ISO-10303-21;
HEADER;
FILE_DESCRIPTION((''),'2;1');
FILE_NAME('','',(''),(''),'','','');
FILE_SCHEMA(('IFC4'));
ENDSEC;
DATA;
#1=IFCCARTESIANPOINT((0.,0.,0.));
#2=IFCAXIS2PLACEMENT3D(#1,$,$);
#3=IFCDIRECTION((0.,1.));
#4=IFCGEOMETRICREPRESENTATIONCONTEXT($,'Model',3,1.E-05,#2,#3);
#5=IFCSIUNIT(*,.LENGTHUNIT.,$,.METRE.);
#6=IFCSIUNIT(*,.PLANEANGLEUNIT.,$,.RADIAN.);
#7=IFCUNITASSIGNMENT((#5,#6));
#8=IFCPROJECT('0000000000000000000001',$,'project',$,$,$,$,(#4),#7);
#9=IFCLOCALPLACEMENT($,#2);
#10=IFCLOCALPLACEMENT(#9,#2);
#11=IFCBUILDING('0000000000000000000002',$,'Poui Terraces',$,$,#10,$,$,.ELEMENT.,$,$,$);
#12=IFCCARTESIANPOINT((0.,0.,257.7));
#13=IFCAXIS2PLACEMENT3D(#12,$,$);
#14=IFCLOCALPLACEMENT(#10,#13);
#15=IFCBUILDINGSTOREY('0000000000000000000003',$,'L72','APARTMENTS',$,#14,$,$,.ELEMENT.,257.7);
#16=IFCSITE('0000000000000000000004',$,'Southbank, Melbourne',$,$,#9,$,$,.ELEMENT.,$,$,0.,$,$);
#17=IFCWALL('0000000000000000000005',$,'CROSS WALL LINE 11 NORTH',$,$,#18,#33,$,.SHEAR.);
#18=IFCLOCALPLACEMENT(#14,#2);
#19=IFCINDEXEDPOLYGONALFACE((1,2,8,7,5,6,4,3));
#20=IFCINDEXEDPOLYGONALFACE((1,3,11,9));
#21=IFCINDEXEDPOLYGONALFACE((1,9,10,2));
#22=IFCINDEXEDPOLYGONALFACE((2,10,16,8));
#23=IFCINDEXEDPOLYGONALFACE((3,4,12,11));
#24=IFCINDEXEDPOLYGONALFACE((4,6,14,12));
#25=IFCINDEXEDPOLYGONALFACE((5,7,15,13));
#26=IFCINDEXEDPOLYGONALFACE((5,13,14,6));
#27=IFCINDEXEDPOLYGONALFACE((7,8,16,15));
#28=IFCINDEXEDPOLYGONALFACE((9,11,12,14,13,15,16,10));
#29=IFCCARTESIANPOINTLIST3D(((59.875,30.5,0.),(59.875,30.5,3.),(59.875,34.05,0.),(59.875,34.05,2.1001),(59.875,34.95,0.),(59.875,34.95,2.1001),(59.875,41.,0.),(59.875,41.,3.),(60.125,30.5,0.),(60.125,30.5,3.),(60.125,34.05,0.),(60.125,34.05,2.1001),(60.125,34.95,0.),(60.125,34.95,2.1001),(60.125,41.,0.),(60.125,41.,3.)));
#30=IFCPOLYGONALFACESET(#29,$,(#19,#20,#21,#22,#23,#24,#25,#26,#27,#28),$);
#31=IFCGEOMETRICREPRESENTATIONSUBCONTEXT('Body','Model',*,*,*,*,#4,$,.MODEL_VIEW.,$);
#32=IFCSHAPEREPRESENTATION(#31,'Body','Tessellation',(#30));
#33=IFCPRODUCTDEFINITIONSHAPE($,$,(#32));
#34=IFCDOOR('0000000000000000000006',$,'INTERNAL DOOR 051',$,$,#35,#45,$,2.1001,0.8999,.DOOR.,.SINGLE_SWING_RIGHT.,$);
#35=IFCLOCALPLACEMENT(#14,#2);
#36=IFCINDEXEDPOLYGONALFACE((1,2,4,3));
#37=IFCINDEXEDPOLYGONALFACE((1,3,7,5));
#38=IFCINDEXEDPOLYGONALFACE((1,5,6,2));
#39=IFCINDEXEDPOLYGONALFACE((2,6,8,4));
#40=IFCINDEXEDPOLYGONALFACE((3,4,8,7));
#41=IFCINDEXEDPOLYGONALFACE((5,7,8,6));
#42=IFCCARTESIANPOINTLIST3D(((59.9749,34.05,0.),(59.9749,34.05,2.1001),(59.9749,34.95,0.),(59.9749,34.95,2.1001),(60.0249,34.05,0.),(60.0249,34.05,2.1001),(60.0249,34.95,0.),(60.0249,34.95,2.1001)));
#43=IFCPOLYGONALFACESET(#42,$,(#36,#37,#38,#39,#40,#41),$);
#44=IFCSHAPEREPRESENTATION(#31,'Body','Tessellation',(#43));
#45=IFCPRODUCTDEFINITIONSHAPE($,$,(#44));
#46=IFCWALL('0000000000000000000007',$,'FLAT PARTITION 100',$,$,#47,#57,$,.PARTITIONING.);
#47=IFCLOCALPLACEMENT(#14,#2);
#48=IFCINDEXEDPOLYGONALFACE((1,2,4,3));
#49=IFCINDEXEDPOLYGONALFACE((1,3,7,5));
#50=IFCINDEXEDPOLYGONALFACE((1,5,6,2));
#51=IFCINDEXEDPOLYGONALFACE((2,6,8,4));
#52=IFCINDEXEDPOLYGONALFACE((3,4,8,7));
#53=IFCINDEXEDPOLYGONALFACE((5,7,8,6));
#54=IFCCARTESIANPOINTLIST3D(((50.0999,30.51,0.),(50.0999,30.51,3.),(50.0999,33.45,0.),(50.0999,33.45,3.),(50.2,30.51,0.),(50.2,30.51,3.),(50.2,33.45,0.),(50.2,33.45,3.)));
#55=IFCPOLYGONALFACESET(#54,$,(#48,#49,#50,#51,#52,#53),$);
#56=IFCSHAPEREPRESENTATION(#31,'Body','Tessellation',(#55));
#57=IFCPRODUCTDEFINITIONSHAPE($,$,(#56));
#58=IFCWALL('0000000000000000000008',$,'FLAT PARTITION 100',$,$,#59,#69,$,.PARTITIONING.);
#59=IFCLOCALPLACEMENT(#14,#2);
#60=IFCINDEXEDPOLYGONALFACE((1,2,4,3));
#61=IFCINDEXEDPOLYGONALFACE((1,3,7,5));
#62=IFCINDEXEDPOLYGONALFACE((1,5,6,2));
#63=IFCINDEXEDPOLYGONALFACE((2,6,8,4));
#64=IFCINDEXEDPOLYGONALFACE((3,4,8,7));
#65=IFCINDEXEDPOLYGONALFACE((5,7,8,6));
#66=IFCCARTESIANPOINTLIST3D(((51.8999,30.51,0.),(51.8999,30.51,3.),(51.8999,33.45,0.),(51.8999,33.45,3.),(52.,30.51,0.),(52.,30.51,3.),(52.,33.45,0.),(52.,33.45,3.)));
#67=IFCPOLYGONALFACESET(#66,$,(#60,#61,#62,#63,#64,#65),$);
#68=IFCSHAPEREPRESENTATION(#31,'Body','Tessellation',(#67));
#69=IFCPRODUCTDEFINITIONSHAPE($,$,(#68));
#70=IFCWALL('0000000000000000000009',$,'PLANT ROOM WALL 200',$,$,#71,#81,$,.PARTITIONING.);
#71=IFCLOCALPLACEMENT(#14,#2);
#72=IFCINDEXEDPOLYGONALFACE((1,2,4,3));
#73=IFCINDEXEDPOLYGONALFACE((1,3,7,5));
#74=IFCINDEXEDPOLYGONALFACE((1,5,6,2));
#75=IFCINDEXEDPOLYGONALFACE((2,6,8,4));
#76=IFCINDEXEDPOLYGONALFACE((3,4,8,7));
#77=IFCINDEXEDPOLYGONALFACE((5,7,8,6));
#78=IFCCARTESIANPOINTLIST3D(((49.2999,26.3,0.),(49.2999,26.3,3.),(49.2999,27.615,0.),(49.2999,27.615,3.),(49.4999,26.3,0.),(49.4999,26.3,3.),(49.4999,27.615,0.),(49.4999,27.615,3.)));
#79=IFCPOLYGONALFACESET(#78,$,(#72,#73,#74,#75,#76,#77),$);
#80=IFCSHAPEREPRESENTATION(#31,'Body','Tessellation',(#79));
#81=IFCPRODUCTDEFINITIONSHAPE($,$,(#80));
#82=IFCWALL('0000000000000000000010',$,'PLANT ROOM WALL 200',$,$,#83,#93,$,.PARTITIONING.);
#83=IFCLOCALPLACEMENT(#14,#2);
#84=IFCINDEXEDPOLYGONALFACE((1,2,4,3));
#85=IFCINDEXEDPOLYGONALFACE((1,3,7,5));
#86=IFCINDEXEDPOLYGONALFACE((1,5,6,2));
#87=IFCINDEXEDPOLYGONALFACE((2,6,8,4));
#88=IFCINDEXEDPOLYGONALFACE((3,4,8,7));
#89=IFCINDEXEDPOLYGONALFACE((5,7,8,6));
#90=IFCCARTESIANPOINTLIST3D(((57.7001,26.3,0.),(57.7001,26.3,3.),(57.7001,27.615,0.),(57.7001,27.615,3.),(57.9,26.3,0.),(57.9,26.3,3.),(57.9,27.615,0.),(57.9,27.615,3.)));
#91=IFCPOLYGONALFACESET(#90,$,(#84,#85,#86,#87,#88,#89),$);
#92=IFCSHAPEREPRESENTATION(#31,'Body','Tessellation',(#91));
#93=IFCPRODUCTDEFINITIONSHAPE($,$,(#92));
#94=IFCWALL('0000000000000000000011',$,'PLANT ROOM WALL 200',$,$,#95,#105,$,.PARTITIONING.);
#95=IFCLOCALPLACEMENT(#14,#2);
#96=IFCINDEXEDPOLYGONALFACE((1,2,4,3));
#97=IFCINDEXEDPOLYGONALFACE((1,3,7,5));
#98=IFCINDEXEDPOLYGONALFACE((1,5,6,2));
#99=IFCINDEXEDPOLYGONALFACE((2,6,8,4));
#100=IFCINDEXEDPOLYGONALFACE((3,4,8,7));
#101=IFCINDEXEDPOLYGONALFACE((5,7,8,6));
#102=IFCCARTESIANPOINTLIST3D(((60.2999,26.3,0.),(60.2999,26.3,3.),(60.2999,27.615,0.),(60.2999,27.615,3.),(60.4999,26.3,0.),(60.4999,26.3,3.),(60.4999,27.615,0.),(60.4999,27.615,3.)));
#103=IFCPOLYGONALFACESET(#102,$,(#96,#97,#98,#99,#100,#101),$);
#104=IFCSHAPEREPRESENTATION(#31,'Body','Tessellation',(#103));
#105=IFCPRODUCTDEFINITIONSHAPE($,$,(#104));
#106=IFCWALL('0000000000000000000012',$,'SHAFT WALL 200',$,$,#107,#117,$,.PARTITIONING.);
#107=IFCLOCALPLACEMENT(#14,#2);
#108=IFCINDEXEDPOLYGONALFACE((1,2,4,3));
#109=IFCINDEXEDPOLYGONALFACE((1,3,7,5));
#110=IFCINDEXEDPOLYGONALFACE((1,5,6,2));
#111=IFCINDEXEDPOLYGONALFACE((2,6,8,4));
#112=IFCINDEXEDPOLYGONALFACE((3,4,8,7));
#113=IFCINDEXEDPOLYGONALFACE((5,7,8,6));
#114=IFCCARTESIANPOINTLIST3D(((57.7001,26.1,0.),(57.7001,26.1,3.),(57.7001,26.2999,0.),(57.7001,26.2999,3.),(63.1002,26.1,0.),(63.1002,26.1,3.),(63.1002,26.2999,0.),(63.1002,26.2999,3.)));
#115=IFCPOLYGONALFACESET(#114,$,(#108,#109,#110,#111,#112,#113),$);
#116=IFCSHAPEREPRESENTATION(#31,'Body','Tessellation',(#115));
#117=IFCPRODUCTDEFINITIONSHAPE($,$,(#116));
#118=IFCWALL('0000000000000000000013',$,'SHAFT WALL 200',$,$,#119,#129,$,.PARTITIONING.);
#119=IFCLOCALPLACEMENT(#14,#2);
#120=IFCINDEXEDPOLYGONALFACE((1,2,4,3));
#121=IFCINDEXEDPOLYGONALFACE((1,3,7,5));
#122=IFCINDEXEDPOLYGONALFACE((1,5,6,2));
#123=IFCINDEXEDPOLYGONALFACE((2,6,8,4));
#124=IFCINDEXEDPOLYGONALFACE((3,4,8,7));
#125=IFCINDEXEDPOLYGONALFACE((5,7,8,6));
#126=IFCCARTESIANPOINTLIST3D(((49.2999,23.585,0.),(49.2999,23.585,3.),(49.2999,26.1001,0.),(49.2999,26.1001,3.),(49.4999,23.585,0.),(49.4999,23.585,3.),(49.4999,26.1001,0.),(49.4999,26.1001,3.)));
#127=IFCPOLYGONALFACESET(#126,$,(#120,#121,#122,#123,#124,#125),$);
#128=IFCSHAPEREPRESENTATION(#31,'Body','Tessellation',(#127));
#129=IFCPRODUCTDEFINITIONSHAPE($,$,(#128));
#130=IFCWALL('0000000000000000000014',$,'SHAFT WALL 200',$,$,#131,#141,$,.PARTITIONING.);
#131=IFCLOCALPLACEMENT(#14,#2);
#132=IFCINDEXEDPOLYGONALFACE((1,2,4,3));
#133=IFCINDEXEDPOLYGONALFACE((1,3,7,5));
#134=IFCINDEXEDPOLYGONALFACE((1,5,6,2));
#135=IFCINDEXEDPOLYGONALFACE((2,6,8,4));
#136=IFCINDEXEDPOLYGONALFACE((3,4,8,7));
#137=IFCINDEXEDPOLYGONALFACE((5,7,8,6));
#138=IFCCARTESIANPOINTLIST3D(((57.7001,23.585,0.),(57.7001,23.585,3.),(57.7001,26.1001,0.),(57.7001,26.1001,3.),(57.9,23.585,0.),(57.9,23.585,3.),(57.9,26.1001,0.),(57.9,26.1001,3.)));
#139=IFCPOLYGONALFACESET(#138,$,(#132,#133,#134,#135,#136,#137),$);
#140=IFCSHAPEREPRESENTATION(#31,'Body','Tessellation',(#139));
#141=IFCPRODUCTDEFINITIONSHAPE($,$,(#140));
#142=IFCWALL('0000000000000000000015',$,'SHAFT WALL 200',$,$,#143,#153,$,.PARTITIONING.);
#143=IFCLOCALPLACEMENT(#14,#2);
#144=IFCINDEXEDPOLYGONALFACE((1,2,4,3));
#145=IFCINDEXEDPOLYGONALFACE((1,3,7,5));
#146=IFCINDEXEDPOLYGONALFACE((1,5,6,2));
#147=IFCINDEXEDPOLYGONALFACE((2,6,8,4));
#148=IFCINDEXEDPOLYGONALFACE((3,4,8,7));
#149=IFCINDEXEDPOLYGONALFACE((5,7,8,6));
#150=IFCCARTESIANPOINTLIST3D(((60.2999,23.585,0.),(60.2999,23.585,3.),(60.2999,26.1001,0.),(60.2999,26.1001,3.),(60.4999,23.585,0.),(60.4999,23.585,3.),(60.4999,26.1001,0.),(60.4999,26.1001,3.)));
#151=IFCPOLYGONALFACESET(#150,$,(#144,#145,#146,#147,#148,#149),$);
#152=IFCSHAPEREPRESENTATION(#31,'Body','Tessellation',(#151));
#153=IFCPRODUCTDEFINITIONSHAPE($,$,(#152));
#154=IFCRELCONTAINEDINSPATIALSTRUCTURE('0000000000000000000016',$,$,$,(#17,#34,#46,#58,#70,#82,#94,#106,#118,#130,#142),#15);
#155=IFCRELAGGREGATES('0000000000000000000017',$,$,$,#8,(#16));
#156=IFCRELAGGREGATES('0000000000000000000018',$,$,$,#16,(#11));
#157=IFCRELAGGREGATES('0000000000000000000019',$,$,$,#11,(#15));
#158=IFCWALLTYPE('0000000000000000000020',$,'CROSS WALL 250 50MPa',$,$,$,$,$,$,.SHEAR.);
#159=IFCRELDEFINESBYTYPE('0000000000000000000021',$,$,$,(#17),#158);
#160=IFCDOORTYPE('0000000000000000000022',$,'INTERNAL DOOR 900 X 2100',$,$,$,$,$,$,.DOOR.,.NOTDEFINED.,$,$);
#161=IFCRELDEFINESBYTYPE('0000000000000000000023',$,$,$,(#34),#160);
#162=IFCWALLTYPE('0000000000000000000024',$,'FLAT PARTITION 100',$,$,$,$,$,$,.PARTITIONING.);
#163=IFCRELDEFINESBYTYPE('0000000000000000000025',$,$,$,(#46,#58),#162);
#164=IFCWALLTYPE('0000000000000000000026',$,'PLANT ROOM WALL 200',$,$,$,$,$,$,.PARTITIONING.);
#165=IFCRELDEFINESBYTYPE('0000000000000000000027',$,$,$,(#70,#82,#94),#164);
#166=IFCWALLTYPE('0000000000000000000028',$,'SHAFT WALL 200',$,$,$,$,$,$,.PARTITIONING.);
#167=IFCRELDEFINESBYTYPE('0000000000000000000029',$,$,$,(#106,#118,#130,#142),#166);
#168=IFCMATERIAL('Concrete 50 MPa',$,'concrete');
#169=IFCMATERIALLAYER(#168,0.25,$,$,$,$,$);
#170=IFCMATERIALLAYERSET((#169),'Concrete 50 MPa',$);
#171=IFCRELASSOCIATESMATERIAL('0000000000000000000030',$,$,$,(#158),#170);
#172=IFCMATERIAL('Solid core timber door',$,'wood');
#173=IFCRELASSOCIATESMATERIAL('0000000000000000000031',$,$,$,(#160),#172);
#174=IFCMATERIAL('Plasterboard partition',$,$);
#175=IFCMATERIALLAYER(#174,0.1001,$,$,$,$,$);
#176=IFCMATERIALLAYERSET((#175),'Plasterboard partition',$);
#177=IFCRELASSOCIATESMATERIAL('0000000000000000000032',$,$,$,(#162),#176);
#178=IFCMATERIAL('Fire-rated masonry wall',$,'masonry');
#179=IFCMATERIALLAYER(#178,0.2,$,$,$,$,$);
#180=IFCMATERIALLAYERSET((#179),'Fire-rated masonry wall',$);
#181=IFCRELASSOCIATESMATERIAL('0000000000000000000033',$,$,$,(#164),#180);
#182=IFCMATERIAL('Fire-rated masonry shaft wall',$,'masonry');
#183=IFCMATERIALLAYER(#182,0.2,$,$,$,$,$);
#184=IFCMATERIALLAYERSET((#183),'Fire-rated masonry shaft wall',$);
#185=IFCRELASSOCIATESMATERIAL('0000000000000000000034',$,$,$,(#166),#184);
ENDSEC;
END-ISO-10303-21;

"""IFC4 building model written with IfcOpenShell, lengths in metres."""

from ifc_helpers import new_model, si_unit, direction, frame, frame_2d, origin, place, context, subcontext, project, spatial, rectangle, extrude, material, layer, layer_set, type_object, element, fill, save


model = new_model("IFC4")

# Units and contexts
model_context = context("Model", 3, precision=1e-05, world=origin(), true_north=direction((0.0, 1.0)))
body_context = subcontext(model_context, "Body", "Model", "MODEL_VIEW")
ifc_project = project(units=[si_unit("LENGTHUNIT", "METRE"), si_unit("PLANEANGLEUNIT", "RADIAN")], contexts=[model_context])

# Site, building, storey
site_placement = place(None, origin())
site = spatial("IfcSite", under=ifc_project, at=site_placement, Name="Southbank, Melbourne", CompositionType="ELEMENT", RefElevation=0.0)
building_placement = place(site_placement, origin())
building = spatial("IfcBuilding", under=site, at=building_placement, Name="Poui Terraces", CompositionType="ELEMENT")
storey_placement = place(building_placement, frame((0.0, 0.0, 257.7)))
storey = spatial("IfcBuildingStorey", under=building, at=storey_placement, Name="L72", Description="APARTMENTS", CompositionType="ELEMENT", Elevation=257.7)

# Shared definitions
ifc_material_1 = material(Name="Concrete 50 MPa", Category="concrete")

# Shared definitions
ifc_layer_1 = layer(ifc_material_1, 0.25)
ifc_layer_set_1 = layer_set([ifc_layer_1], Name="Concrete 50 MPa")
wall_type_1 = type_object("IfcWallType", Name="CROSS WALL 250 50MPa", PredefinedType="SHEAR", material=ifc_layer_set_1)
ifc_material_2 = material(Name="Solid core timber door", Category="wood")
door_type_1 = type_object("IfcDoorType", Name="INTERNAL DOOR 900 X 2100", OperationType="NOTDEFINED", PredefinedType="DOOR", material=ifc_material_2)

# Wall, opening, door
wall_1_placement = place(storey_placement, frame((60.0, 30.5, 0.0), z_axis=(0.0, 0.0, 1.0), x_axis=(0.0, 1.0, 0.0)))
wall_1 = element("IfcWall", 1, at=wall_1_placement, inside=storey, type_object=wall_type_1, Name="CROSS WALL LINE 11 NORTH", PredefinedType="SHEAR", context=body_context, shape_type="SweptSolid", body=[
    extrude(rectangle(XDim=10.5, YDim=0.25, at=frame_2d((5.25, 0.0))), origin(), (0.0, 0.0, 1.0), 3.0),
])
opening_1_placement = place(wall_1_placement, frame((3.55, 0.0, 0.0)))
opening_1 = element("IfcOpeningElement", 2, at=opening_1_placement, cuts=wall_1, PredefinedType="OPENING", context=body_context, shape_type="SweptSolid", body=[
    extrude(rectangle(XDim=0.8999, YDim=2.1001, at=frame_2d((0.45, 1.05))), frame((0.0, 0.135, 0.0), z_axis=(0.0, -1.0, 0.0), x_axis=(1.0, 0.0, 0.0)), (0.0, 0.0, 1.0), 0.27),
])
door_1_placement = place(opening_1_placement, frame((0.8999, 0.0, 0.0), z_axis=(0.0, 0.0, 1.0), x_axis=(-1.0, 0.0, 0.0)))
door_1 = element("IfcDoor", 3, at=door_1_placement, inside=storey, type_object=door_type_1, Name="INTERNAL DOOR 051", OperationType="SINGLE_SWING_RIGHT", OverallHeight=2.1001, OverallWidth=0.8999, PredefinedType="DOOR", context=body_context, shape_type="SweptSolid", body=[
    extrude(rectangle(XDim=0.8999, YDim=2.1001, at=frame_2d((0.45, 1.05))), frame((0.0, 0.0249, 0.0), z_axis=(0.0, -1.0, 0.0), x_axis=(1.0, 0.0, 0.0)), (0.0, 0.0, 1.0), 0.05),
])
fill(opening_1, door_1)

# Walls
ifc_material_3 = material(Name="Plasterboard partition")
ifc_layer_2 = layer(ifc_material_3, 0.1001)
ifc_layer_set_2 = layer_set([ifc_layer_2], Name="Plasterboard partition")
wall_type_2 = type_object("IfcWallType", Name="FLAT PARTITION 100", PredefinedType="PARTITIONING", material=ifc_layer_set_2)
for number, where, z_axis, x_axis, name in (
    (4, (50.1499, 30.51, 0.0), (0.0, 0.0, 1.0), (0.0, 1.0, 0.0), "FLAT PARTITION 100"),
    (5, (51.95, 30.51, 0.0), (0.0, 0.0, 1.0), (0.0, 1.0, 0.0), "FLAT PARTITION 100"),
):
    element("IfcWall", number, at=place(storey_placement, frame(where, z_axis=z_axis, x_axis=x_axis)), inside=storey, type_object=wall_type_2, Name=name, PredefinedType="PARTITIONING", context=body_context, shape_type="SweptSolid", body=[
        extrude(rectangle(XDim=2.9399, YDim=0.1001, at=frame_2d((1.47, 0.0))), origin(), (0.0, 0.0, 1.0), 3.0),
    ])
ifc_material_4 = material(Name="Fire-rated masonry wall", Category="masonry")
ifc_layer_3 = layer(ifc_material_4, 0.2)
ifc_layer_set_3 = layer_set([ifc_layer_3], Name="Fire-rated masonry wall")
wall_type_3 = type_object("IfcWallType", Name="PLANT ROOM WALL 200", PredefinedType="PARTITIONING", material=ifc_layer_set_3)
for number, where, z_axis, x_axis, name in (
    (6, (49.3999, 26.3, 0.0), (0.0, 0.0, 1.0), (0.0, 1.0, 0.0), "PLANT ROOM WALL 200"),
    (7, (57.8, 26.3, 0.0), (0.0, 0.0, 1.0), (0.0, 1.0, 0.0), "PLANT ROOM WALL 200"),
    (8, (60.3999, 26.3, 0.0), (0.0, 0.0, 1.0), (0.0, 1.0, 0.0), "PLANT ROOM WALL 200"),
):
    element("IfcWall", number, at=place(storey_placement, frame(where, z_axis=z_axis, x_axis=x_axis)), inside=storey, type_object=wall_type_3, Name=name, PredefinedType="PARTITIONING", context=body_context, shape_type="SweptSolid", body=[
        extrude(rectangle(XDim=1.3149, YDim=0.2, at=frame_2d((0.6575, 0.0))), origin(), (0.0, 0.0, 1.0), 3.0),
    ])
ifc_material_5 = material(Name="Fire-rated masonry shaft wall", Category="masonry")
ifc_layer_4 = layer(ifc_material_5, 0.2)
ifc_layer_set_4 = layer_set([ifc_layer_4], Name="Fire-rated masonry shaft wall")
wall_type_4 = type_object("IfcWallType", Name="SHAFT WALL 200", PredefinedType="PARTITIONING", material=ifc_layer_set_4)
wall_2_placement = place(storey_placement, frame((57.7, 26.2, 0.0), z_axis=(0.0, 0.0, 1.0), x_axis=(1.0, 0.0, 0.0)))
element("IfcWall", 9, at=wall_2_placement, inside=storey, type_object=wall_type_4, Name="SHAFT WALL 200", PredefinedType="PARTITIONING", context=body_context, shape_type="SweptSolid", body=[
    extrude(rectangle(XDim=5.4001, YDim=0.2, at=frame_2d((2.7002, 0.0))), origin(), (0.0, 0.0, 1.0), 3.0),
])
for number, where, z_axis, x_axis, name in (
    (10, (49.3999, 23.585, 0.0), (0.0, 0.0, 1.0), (0.0, 1.0, 0.0), "SHAFT WALL 200"),
    (11, (57.8, 23.585, 0.0), (0.0, 0.0, 1.0), (0.0, 1.0, 0.0), "SHAFT WALL 200"),
    (12, (60.3999, 23.585, 0.0), (0.0, 0.0, 1.0), (0.0, 1.0, 0.0), "SHAFT WALL 200"),
):
    element("IfcWall", number, at=place(storey_placement, frame(where, z_axis=z_axis, x_axis=x_axis)), inside=storey, type_object=wall_type_4, Name=name, PredefinedType="PARTITIONING", context=body_context, shape_type="SweptSolid", body=[
        extrude(rectangle(XDim=2.5151, YDim=0.2, at=frame_2d((1.2576, 0.0))), origin(), (0.0, 0.0, 1.0), 3.0),
    ])

save(model, "model.ifc")
